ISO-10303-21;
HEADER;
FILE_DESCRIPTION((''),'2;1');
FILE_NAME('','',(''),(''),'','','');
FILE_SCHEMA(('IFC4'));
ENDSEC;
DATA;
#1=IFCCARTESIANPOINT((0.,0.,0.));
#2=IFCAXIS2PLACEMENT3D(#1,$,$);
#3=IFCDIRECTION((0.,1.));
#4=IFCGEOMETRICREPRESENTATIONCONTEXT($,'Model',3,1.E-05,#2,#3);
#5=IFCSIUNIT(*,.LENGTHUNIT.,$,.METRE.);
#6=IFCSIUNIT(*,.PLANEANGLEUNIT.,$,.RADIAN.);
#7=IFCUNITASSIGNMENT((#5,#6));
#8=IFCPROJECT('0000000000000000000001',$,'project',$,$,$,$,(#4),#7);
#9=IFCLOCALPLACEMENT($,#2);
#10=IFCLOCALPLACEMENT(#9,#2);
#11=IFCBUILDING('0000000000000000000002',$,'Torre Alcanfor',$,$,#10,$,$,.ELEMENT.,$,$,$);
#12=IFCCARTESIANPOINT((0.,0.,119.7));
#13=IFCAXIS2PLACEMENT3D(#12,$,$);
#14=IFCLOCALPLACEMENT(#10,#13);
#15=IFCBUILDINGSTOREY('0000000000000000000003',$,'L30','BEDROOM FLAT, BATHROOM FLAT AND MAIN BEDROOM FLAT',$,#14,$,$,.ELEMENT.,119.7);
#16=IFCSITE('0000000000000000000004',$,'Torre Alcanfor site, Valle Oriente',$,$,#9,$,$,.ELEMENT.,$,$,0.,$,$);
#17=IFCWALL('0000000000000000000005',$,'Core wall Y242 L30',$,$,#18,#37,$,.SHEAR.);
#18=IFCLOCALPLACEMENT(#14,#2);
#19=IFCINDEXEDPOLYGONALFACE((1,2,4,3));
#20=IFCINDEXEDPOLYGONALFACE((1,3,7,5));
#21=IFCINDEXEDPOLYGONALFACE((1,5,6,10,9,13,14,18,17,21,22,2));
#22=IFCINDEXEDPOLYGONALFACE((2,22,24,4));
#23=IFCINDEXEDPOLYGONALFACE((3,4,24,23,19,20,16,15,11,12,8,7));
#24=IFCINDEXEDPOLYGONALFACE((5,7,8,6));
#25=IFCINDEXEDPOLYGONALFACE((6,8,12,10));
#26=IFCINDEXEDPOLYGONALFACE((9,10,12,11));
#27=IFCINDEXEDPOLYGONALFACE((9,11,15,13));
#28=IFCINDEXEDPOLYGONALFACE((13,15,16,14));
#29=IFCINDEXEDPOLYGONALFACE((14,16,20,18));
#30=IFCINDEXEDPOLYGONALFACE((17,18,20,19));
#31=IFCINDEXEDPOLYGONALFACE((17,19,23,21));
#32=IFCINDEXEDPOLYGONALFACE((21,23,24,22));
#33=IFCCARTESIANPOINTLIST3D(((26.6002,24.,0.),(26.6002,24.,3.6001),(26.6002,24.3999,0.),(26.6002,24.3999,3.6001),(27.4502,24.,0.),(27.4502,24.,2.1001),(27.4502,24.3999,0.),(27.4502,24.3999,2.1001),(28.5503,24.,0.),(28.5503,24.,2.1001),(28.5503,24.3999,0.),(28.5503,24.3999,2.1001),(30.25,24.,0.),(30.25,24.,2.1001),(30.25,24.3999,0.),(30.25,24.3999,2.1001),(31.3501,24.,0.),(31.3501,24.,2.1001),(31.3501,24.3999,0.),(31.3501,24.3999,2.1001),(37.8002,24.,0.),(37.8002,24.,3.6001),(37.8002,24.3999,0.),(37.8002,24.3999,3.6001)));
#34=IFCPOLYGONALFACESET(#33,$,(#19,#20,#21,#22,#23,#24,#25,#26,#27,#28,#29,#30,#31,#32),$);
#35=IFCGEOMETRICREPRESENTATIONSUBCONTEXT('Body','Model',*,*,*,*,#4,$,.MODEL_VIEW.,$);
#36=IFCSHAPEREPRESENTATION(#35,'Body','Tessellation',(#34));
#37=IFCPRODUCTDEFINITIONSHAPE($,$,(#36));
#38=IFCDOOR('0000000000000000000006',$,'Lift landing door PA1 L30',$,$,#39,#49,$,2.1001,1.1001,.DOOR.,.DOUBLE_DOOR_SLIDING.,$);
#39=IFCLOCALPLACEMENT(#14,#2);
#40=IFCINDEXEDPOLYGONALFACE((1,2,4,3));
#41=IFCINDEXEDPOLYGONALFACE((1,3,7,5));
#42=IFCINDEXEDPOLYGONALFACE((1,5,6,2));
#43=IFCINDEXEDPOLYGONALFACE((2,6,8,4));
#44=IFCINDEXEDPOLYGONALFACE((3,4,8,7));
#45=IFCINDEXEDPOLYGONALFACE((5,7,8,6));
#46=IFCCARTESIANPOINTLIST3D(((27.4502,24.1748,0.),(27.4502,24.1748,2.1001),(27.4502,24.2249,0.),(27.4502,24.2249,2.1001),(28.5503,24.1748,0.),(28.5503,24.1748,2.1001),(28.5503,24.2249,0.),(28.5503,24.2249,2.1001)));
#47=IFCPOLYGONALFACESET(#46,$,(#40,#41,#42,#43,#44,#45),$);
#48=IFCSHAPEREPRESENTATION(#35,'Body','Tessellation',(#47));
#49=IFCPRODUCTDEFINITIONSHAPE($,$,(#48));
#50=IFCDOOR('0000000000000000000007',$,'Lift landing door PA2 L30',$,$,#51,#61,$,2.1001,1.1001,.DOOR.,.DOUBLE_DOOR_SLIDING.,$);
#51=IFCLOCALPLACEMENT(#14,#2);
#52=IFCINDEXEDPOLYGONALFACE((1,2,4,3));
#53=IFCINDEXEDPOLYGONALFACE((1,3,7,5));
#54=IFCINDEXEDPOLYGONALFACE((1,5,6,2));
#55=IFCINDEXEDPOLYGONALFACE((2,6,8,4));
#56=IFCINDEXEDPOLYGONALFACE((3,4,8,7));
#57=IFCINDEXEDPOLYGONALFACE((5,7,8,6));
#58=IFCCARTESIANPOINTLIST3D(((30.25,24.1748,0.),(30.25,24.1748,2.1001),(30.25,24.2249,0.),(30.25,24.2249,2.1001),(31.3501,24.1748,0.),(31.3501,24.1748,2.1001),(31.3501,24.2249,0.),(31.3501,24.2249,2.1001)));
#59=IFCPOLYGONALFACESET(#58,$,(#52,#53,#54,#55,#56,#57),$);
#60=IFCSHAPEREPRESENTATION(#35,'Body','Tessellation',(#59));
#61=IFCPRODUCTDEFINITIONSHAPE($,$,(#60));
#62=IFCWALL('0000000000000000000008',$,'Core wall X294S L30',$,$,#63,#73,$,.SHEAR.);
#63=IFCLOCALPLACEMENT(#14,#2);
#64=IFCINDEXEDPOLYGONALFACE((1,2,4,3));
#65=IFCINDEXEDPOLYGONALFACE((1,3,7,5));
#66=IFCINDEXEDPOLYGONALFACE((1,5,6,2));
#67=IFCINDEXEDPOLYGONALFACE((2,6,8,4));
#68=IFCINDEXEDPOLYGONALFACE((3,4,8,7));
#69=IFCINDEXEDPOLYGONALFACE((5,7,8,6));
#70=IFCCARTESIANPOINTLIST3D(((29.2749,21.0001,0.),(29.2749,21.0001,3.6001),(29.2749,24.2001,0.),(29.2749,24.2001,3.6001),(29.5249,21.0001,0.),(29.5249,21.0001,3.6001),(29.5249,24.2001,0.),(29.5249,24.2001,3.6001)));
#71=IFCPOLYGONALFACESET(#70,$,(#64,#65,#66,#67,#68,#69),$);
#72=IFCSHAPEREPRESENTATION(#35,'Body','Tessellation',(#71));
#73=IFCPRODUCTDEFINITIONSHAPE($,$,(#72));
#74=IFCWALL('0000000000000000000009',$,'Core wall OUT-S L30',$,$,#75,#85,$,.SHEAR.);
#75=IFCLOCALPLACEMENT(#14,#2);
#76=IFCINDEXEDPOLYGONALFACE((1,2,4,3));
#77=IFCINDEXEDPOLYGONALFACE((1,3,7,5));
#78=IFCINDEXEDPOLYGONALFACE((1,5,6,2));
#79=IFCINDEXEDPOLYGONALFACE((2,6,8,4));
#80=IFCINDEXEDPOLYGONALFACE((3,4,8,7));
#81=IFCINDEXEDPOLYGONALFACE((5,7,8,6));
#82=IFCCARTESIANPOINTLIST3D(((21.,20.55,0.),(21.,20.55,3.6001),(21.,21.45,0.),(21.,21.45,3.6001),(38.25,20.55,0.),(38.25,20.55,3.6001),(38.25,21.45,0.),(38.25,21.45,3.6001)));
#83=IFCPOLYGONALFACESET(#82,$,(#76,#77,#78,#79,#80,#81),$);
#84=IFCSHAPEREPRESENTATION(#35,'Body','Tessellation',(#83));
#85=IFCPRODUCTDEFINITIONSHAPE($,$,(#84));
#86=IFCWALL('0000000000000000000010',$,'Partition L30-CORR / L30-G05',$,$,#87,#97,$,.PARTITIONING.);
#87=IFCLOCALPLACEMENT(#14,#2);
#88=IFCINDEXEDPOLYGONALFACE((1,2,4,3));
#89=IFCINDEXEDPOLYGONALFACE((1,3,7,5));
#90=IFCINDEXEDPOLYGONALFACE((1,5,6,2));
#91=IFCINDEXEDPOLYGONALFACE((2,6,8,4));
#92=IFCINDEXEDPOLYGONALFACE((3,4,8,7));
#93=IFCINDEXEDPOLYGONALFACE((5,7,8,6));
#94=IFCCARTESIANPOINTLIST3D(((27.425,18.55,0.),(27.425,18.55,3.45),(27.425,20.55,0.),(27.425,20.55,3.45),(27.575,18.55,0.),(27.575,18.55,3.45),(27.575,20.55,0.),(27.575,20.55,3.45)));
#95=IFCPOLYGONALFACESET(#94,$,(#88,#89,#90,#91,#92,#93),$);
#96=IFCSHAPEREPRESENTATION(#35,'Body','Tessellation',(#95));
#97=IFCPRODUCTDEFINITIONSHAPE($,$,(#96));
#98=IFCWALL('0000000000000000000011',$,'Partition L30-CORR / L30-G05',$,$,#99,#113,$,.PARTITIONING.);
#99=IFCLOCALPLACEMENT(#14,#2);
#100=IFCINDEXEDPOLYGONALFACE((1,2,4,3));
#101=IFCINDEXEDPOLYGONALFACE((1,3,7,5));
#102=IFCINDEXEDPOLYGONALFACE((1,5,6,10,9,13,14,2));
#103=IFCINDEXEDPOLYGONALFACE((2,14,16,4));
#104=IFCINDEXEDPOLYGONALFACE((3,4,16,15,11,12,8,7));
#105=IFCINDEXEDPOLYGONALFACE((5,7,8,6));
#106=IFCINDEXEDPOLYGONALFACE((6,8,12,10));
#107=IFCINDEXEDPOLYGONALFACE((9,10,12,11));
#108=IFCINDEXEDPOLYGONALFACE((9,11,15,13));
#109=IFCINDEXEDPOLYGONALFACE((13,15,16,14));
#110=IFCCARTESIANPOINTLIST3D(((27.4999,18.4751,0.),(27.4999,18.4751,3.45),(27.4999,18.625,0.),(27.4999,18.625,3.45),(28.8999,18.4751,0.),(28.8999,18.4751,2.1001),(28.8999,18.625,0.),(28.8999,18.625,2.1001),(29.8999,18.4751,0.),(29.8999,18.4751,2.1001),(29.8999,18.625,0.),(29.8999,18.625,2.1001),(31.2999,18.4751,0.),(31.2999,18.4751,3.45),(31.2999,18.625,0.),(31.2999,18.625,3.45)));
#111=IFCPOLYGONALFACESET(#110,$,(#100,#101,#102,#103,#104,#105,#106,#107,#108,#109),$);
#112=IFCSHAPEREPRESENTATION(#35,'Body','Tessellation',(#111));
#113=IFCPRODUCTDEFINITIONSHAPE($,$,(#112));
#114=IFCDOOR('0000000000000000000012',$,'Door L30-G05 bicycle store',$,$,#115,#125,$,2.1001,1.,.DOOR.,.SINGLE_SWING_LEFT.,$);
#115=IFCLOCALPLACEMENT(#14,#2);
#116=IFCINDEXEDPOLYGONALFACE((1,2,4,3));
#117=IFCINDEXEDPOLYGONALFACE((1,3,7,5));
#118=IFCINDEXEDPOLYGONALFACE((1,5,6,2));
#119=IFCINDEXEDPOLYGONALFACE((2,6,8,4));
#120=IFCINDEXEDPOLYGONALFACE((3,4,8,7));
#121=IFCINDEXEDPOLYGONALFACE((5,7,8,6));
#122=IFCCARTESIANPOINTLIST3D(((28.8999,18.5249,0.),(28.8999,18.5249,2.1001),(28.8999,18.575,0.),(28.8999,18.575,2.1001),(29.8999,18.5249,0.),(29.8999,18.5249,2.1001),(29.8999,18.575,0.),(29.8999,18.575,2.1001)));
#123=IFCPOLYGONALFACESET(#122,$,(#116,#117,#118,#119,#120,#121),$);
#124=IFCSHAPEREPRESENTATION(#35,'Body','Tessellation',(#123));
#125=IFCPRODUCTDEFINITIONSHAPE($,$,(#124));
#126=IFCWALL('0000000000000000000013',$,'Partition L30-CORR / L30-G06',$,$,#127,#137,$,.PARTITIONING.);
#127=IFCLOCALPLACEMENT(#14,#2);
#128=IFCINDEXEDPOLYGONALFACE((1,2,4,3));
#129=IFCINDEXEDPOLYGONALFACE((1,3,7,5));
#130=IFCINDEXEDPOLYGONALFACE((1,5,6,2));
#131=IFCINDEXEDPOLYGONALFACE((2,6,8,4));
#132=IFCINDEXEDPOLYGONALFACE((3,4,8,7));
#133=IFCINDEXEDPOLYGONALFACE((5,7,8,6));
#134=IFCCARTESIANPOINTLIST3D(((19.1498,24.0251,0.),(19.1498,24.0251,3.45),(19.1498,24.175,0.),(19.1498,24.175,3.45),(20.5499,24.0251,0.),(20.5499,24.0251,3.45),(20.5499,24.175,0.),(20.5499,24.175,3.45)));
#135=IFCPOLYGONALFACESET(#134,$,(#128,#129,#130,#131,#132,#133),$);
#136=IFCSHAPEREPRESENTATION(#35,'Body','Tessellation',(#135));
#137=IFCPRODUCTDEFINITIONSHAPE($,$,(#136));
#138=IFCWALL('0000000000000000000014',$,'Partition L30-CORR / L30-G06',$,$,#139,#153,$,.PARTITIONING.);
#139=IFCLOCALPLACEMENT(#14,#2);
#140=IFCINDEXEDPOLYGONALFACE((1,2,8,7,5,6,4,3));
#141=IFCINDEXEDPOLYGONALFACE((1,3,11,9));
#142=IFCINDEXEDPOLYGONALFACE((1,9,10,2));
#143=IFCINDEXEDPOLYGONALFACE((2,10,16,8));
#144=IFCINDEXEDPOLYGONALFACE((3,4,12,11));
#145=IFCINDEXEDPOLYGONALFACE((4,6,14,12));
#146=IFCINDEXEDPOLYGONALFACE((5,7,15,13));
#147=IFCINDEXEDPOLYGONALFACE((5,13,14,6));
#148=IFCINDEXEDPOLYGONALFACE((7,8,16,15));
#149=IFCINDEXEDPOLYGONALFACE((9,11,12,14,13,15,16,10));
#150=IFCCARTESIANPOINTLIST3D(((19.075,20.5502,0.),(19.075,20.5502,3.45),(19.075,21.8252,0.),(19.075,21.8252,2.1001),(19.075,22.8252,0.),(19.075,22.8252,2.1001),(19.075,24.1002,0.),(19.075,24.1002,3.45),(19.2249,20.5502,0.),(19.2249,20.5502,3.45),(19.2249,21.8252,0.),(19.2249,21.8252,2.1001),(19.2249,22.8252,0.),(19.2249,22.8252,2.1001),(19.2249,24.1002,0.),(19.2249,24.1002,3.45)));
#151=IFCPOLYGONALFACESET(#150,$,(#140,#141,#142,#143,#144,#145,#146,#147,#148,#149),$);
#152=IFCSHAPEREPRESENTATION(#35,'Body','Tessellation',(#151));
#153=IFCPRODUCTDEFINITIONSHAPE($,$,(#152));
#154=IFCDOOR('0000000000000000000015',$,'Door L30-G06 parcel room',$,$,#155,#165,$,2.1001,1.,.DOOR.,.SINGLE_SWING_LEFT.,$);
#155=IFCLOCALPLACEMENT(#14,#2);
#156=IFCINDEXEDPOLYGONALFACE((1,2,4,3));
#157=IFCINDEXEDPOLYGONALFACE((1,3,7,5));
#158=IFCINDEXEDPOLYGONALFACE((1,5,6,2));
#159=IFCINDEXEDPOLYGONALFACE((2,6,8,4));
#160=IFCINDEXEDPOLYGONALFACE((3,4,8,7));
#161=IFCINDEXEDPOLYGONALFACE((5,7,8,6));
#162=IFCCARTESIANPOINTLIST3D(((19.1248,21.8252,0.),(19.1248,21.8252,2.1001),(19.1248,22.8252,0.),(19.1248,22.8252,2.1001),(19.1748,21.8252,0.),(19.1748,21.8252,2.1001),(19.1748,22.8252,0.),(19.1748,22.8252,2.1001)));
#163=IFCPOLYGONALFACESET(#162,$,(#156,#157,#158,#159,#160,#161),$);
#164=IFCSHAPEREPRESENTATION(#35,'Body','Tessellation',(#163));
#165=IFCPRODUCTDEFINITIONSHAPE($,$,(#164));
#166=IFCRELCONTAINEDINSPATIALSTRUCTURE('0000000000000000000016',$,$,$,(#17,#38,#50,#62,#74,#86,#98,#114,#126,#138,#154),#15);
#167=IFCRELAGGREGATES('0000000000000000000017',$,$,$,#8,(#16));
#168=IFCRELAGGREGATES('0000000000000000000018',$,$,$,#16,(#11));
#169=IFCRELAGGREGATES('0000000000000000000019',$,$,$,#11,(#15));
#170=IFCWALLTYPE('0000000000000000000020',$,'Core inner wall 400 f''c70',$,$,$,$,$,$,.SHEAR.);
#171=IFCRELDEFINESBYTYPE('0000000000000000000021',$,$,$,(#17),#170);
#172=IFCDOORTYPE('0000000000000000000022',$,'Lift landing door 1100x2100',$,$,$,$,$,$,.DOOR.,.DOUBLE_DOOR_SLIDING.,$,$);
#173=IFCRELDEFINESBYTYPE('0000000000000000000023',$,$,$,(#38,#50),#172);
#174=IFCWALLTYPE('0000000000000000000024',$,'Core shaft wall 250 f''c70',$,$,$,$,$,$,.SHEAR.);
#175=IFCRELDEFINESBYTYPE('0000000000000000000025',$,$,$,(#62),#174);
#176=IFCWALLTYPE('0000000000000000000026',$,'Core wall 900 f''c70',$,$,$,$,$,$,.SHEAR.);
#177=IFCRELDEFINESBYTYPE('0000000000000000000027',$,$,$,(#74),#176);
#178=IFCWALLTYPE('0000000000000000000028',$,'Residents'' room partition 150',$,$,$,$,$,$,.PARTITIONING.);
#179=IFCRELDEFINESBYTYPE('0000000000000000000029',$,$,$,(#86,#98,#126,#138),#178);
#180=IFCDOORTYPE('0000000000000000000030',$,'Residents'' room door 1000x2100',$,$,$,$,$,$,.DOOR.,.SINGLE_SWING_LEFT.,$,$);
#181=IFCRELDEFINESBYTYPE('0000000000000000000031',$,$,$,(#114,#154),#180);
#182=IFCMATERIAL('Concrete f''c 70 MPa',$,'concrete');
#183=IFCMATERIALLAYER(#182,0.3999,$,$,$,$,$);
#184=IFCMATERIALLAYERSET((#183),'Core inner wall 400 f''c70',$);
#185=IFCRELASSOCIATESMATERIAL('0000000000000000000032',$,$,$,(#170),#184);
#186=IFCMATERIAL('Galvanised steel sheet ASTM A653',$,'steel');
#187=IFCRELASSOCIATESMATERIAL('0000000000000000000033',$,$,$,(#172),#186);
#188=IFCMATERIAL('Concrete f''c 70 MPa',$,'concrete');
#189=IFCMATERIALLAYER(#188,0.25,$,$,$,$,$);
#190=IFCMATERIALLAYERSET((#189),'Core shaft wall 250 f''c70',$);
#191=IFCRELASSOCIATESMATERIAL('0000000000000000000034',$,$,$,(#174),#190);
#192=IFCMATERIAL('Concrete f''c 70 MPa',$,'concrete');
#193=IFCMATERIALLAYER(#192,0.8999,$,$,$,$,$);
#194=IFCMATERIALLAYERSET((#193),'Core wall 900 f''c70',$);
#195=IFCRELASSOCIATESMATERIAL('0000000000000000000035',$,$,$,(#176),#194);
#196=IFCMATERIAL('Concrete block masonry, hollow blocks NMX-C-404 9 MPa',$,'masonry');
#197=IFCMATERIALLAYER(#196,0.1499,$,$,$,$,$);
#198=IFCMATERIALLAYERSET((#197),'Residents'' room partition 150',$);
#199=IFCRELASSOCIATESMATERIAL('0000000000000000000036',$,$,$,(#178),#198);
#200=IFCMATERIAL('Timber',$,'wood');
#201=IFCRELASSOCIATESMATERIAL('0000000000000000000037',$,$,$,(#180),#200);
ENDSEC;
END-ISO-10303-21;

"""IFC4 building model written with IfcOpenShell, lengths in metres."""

from ifc_helpers import new_model, si_unit, direction, frame, frame_2d, origin, place, context, subcontext, project, spatial, rectangle, extrude, material, layer, layer_set, type_object, element, fill, save


model = new_model("IFC4")

# Units and contexts
model_context = context("Model", 3, precision=1e-05, world=origin(), true_north=direction((0.0, 1.0)))
body_context = subcontext(model_context, "Body", "Model", "MODEL_VIEW")
ifc_project = project(units=[si_unit("LENGTHUNIT", "METRE"), si_unit("PLANEANGLEUNIT", "RADIAN")], contexts=[model_context])

# Site, building, storey
site_placement = place(None, origin())
site = spatial("IfcSite", under=ifc_project, at=site_placement, Name="Torre Alcanfor site, Valle Oriente", CompositionType="ELEMENT", RefElevation=0.0)
building_placement = place(site_placement, origin())
building = spatial("IfcBuilding", under=site, at=building_placement, Name="Torre Alcanfor", CompositionType="ELEMENT")
storey_placement = place(building_placement, frame((0.0, 0.0, 119.7)))
storey = spatial("IfcBuildingStorey", under=building, at=storey_placement, Name="L30", Description="BEDROOM FLAT, BATHROOM FLAT AND MAIN BEDROOM FLAT", CompositionType="ELEMENT", Elevation=119.7)

# Shared definitions
ifc_material_1 = material(Name="Concrete f'c 70 MPa", Category="concrete")
ifc_layer_1 = layer(ifc_material_1, 0.3999)
ifc_layer_set_1 = layer_set([ifc_layer_1], Name="Core inner wall 400 f'c70")
wall_type_1 = type_object("IfcWallType", Name="Core inner wall 400 f'c70", PredefinedType="SHEAR", material=ifc_layer_set_1)

# Wall, openings, doors
wall_1_placement = place(storey_placement, frame((26.6001, 24.2, 0.0), z_axis=(0.0, 0.0, 1.0), x_axis=(1.0, 0.0, 0.0)))
wall_1 = element("IfcWall", 1, at=wall_1_placement, inside=storey, type_object=wall_type_1, Name="Core wall Y242 L30", PredefinedType="SHEAR", context=body_context, shape_type="SweptSolid", body=[
    extrude(rectangle(XDim=11.2, YDim=0.3999, at=frame_2d((5.6001, 0.0))), origin(), (0.0, 0.0, 1.0), 3.6001),
])
opening_1_placement = place(wall_1_placement, frame((0.8501, 0.0, 0.0)))
opening_1 = element("IfcOpeningElement", 2, at=opening_1_placement, cuts=wall_1, PredefinedType="OPENING", context=body_context, shape_type="SweptSolid", body=[
    extrude(rectangle(XDim=1.1001, YDim=2.1001, at=frame_2d((0.55, 1.05))), frame((0.0, 0.21, 0.0), z_axis=(0.0, -1.0, 0.0), x_axis=(1.0, 0.0, 0.0)), (0.0, 0.0, 1.0), 0.4199),
])
opening_2_placement = place(wall_1_placement, frame((3.6499, 0.0, 0.0)))
opening_2 = element("IfcOpeningElement", 3, at=opening_2_placement, cuts=wall_1, PredefinedType="OPENING", context=body_context, shape_type="SweptSolid", body=[
    extrude(rectangle(XDim=1.1001, YDim=2.1001, at=frame_2d((0.55, 1.05))), frame((0.0, 0.21, 0.0), z_axis=(0.0, -1.0, 0.0), x_axis=(1.0, 0.0, 0.0)), (0.0, 0.0, 1.0), 0.4199),
])
ifc_material_2 = material(Name="Galvanised steel sheet ASTM A653", Category="steel")
door_type_1 = type_object("IfcDoorType", Name="Lift landing door 1100x2100", OperationType="DOUBLE_DOOR_SLIDING", PredefinedType="DOOR", material=ifc_material_2)
door_1_placement = place(opening_1_placement, origin())
door_1 = element("IfcDoor", 4, at=door_1_placement, inside=storey, type_object=door_type_1, Name="Lift landing door PA1 L30", OperationType="DOUBLE_DOOR_SLIDING", OverallHeight=2.1001, OverallWidth=1.1001, PredefinedType="DOOR", context=body_context, shape_type="SweptSolid", body=[
    extrude(rectangle(XDim=1.1001, YDim=2.1001, at=frame_2d((0.55, 1.05))), frame((0.0, 0.0249, 0.0), z_axis=(0.0, -1.0, 0.0), x_axis=(1.0, 0.0, 0.0)), (0.0, 0.0, 1.0), 0.05),
])
fill(opening_1, door_1)
door_2_placement = place(opening_2_placement, origin())
door_2 = element("IfcDoor", 5, at=door_2_placement, inside=storey, type_object=door_type_1, Name="Lift landing door PA2 L30", OperationType="DOUBLE_DOOR_SLIDING", OverallHeight=2.1001, OverallWidth=1.1001, PredefinedType="DOOR", context=body_context, shape_type="SweptSolid", body=[
    extrude(rectangle(XDim=1.1001, YDim=2.1001, at=frame_2d((0.55, 1.05))), frame((0.0, 0.0249, 0.0), z_axis=(0.0, -1.0, 0.0), x_axis=(1.0, 0.0, 0.0)), (0.0, 0.0, 1.0), 0.05),
])
fill(opening_2, door_2)

# Walls
ifc_material_3 = material(Name="Concrete f'c 70 MPa", Category="concrete")
ifc_layer_2 = layer(ifc_material_3, 0.25)
ifc_layer_set_2 = layer_set([ifc_layer_2], Name="Core shaft wall 250 f'c70")
wall_type_2 = type_object("IfcWallType", Name="Core shaft wall 250 f'c70", PredefinedType="SHEAR", material=ifc_layer_set_2)
wall_2_placement = place(storey_placement, frame((29.3999, 21.0, 0.0), z_axis=(0.0, 0.0, 1.0), x_axis=(0.0, 1.0, 0.0)))
element("IfcWall", 6, at=wall_2_placement, inside=storey, type_object=wall_type_2, Name="Core wall X294S L30", PredefinedType="SHEAR", context=body_context, shape_type="SweptSolid", body=[
    extrude(rectangle(XDim=3.2, YDim=0.25, at=frame_2d((1.6001, 0.0))), origin(), (0.0, 0.0, 1.0), 3.6001),
])
ifc_material_4 = material(Name="Concrete f'c 70 MPa", Category="concrete")
ifc_layer_3 = layer(ifc_material_4, 0.8999)
ifc_layer_set_3 = layer_set([ifc_layer_3], Name="Core wall 900 f'c70")
wall_type_3 = type_object("IfcWallType", Name="Core wall 900 f'c70", PredefinedType="SHEAR", material=ifc_layer_set_3)
wall_3_placement = place(storey_placement, frame((21.0, 21.0, 0.0), z_axis=(0.0, 0.0, 1.0), x_axis=(1.0, 0.0, 0.0)))
element("IfcWall", 7, at=wall_3_placement, inside=storey, type_object=wall_type_3, Name="Core wall OUT-S L30", PredefinedType="SHEAR", context=body_context, shape_type="SweptSolid", body=[
    extrude(rectangle(XDim=17.25, YDim=0.8999, at=frame_2d((8.625, 0.0))), origin(), (0.0, 0.0, 1.0), 3.6001),
])
ifc_material_5 = material(Name="Concrete block masonry, hollow blocks NMX-C-404 9 MPa", Category="masonry")
ifc_layer_4 = layer(ifc_material_5, 0.1499)
ifc_layer_set_4 = layer_set([ifc_layer_4], Name="Residents' room partition 150")
wall_type_4 = type_object("IfcWallType", Name="Residents' room partition 150", PredefinedType="PARTITIONING", material=ifc_layer_set_4)
wall_4_placement = place(storey_placement, frame((27.5, 20.55, 0.0), z_axis=(0.0, 0.0, 1.0), x_axis=(0.0, -1.0, 0.0)))
element("IfcWall", 8, at=wall_4_placement, inside=storey, type_object=wall_type_4, Name="Partition L30-CORR / L30-G05", PredefinedType="PARTITIONING", context=body_context, shape_type="SweptSolid", body=[
    extrude(rectangle(XDim=2.0, YDim=0.1499, at=frame_2d((1.0, 0.0))), origin(), (0.0, 0.0, 1.0), 3.45),
])

# Wall, opening, door
wall_5_placement = place(storey_placement, frame((27.5, 18.55, 0.0), z_axis=(0.0, 0.0, 1.0), x_axis=(1.0, 0.0, 0.0)))
wall_5 = element("IfcWall", 9, at=wall_5_placement, inside=storey, type_object=wall_type_4, Name="Partition L30-CORR / L30-G05", PredefinedType="PARTITIONING", context=body_context, shape_type="SweptSolid", body=[
    extrude(rectangle(XDim=3.8, YDim=0.1499, at=frame_2d((1.8999, 0.0))), origin(), (0.0, 0.0, 1.0), 3.45),
])
opening_3_placement = place(wall_5_placement, frame((1.3999, 0.0, 0.0)))
opening_3 = element("IfcOpeningElement", 10, at=opening_3_placement, cuts=wall_5, PredefinedType="OPENING", context=body_context, shape_type="SweptSolid", body=[
    extrude(rectangle(XDim=1.0, YDim=2.1001, at=frame_2d((0.5, 1.05))), frame((0.0, 0.085, 0.0), z_axis=(0.0, -1.0, 0.0), x_axis=(1.0, 0.0, 0.0)), (0.0, 0.0, 1.0), 0.1699),
])
ifc_material_6 = material(Name="Timber", Category="wood")
door_type_2 = type_object("IfcDoorType", Name="Residents' room door 1000x2100", OperationType="SINGLE_SWING_LEFT", PredefinedType="DOOR", material=ifc_material_6)
door_3_placement = place(opening_3_placement, origin())
door_3 = element("IfcDoor", 11, at=door_3_placement, inside=storey, type_object=door_type_2, Name="Door L30-G05 bicycle store", OperationType="SINGLE_SWING_LEFT", OverallHeight=2.1001, OverallWidth=1.0, PredefinedType="DOOR", context=body_context, shape_type="SweptSolid", body=[
    extrude(rectangle(XDim=1.0, YDim=2.1001, at=frame_2d((0.5, 1.05))), frame((0.0, 0.0249, 0.0), z_axis=(0.0, -1.0, 0.0), x_axis=(1.0, 0.0, 0.0)), (0.0, 0.0, 1.0), 0.05),
])
fill(opening_3, door_3)

# Wall
wall_6_placement = place(storey_placement, frame((20.55, 24.1001, 0.0), z_axis=(0.0, 0.0, 1.0), x_axis=(-1.0, 0.0, 0.0)))
element("IfcWall", 12, at=wall_6_placement, inside=storey, type_object=wall_type_4, Name="Partition L30-CORR / L30-G06", PredefinedType="PARTITIONING", context=body_context, shape_type="SweptSolid", body=[
    extrude(rectangle(XDim=1.4001, YDim=0.1499, at=frame_2d((0.7002, 0.0))), origin(), (0.0, 0.0, 1.0), 3.45),
])

# Wall, opening, door
wall_7_placement = place(storey_placement, frame((19.1499, 24.1001, 0.0), z_axis=(0.0, 0.0, 1.0), x_axis=(0.0, -1.0, 0.0)))
wall_7 = element("IfcWall", 13, at=wall_7_placement, inside=storey, type_object=wall_type_4, Name="Partition L30-CORR / L30-G06", PredefinedType="PARTITIONING", context=body_context, shape_type="SweptSolid", body=[
    extrude(rectangle(XDim=3.55, YDim=0.1499, at=frame_2d((1.7749, 0.0))), origin(), (0.0, 0.0, 1.0), 3.45),
])
opening_4_placement = place(wall_7_placement, frame((1.2749, 0.0, 0.0)))
opening_4 = element("IfcOpeningElement", 14, at=opening_4_placement, cuts=wall_7, PredefinedType="OPENING", context=body_context, shape_type="SweptSolid", body=[
    extrude(rectangle(XDim=1.0, YDim=2.1001, at=frame_2d((0.5, 1.05))), frame((0.0, 0.085, 0.0), z_axis=(0.0, -1.0, 0.0), x_axis=(1.0, 0.0, 0.0)), (0.0, 0.0, 1.0), 0.1699),
])
door_4_placement = place(opening_4_placement, origin())
door_4 = element("IfcDoor", 15, at=door_4_placement, inside=storey, type_object=door_type_2, Name="Door L30-G06 parcel room", OperationType="SINGLE_SWING_LEFT", OverallHeight=2.1001, OverallWidth=1.0, PredefinedType="DOOR", context=body_context, shape_type="SweptSolid", body=[
    extrude(rectangle(XDim=1.0, YDim=2.1001, at=frame_2d((0.5, 1.05))), frame((0.0, 0.0249, 0.0), z_axis=(0.0, -1.0, 0.0), x_axis=(1.0, 0.0, 0.0)), (0.0, 0.0, 1.0), 0.05),
])
fill(opening_4, door_4)

save(model, "model.ifc")
